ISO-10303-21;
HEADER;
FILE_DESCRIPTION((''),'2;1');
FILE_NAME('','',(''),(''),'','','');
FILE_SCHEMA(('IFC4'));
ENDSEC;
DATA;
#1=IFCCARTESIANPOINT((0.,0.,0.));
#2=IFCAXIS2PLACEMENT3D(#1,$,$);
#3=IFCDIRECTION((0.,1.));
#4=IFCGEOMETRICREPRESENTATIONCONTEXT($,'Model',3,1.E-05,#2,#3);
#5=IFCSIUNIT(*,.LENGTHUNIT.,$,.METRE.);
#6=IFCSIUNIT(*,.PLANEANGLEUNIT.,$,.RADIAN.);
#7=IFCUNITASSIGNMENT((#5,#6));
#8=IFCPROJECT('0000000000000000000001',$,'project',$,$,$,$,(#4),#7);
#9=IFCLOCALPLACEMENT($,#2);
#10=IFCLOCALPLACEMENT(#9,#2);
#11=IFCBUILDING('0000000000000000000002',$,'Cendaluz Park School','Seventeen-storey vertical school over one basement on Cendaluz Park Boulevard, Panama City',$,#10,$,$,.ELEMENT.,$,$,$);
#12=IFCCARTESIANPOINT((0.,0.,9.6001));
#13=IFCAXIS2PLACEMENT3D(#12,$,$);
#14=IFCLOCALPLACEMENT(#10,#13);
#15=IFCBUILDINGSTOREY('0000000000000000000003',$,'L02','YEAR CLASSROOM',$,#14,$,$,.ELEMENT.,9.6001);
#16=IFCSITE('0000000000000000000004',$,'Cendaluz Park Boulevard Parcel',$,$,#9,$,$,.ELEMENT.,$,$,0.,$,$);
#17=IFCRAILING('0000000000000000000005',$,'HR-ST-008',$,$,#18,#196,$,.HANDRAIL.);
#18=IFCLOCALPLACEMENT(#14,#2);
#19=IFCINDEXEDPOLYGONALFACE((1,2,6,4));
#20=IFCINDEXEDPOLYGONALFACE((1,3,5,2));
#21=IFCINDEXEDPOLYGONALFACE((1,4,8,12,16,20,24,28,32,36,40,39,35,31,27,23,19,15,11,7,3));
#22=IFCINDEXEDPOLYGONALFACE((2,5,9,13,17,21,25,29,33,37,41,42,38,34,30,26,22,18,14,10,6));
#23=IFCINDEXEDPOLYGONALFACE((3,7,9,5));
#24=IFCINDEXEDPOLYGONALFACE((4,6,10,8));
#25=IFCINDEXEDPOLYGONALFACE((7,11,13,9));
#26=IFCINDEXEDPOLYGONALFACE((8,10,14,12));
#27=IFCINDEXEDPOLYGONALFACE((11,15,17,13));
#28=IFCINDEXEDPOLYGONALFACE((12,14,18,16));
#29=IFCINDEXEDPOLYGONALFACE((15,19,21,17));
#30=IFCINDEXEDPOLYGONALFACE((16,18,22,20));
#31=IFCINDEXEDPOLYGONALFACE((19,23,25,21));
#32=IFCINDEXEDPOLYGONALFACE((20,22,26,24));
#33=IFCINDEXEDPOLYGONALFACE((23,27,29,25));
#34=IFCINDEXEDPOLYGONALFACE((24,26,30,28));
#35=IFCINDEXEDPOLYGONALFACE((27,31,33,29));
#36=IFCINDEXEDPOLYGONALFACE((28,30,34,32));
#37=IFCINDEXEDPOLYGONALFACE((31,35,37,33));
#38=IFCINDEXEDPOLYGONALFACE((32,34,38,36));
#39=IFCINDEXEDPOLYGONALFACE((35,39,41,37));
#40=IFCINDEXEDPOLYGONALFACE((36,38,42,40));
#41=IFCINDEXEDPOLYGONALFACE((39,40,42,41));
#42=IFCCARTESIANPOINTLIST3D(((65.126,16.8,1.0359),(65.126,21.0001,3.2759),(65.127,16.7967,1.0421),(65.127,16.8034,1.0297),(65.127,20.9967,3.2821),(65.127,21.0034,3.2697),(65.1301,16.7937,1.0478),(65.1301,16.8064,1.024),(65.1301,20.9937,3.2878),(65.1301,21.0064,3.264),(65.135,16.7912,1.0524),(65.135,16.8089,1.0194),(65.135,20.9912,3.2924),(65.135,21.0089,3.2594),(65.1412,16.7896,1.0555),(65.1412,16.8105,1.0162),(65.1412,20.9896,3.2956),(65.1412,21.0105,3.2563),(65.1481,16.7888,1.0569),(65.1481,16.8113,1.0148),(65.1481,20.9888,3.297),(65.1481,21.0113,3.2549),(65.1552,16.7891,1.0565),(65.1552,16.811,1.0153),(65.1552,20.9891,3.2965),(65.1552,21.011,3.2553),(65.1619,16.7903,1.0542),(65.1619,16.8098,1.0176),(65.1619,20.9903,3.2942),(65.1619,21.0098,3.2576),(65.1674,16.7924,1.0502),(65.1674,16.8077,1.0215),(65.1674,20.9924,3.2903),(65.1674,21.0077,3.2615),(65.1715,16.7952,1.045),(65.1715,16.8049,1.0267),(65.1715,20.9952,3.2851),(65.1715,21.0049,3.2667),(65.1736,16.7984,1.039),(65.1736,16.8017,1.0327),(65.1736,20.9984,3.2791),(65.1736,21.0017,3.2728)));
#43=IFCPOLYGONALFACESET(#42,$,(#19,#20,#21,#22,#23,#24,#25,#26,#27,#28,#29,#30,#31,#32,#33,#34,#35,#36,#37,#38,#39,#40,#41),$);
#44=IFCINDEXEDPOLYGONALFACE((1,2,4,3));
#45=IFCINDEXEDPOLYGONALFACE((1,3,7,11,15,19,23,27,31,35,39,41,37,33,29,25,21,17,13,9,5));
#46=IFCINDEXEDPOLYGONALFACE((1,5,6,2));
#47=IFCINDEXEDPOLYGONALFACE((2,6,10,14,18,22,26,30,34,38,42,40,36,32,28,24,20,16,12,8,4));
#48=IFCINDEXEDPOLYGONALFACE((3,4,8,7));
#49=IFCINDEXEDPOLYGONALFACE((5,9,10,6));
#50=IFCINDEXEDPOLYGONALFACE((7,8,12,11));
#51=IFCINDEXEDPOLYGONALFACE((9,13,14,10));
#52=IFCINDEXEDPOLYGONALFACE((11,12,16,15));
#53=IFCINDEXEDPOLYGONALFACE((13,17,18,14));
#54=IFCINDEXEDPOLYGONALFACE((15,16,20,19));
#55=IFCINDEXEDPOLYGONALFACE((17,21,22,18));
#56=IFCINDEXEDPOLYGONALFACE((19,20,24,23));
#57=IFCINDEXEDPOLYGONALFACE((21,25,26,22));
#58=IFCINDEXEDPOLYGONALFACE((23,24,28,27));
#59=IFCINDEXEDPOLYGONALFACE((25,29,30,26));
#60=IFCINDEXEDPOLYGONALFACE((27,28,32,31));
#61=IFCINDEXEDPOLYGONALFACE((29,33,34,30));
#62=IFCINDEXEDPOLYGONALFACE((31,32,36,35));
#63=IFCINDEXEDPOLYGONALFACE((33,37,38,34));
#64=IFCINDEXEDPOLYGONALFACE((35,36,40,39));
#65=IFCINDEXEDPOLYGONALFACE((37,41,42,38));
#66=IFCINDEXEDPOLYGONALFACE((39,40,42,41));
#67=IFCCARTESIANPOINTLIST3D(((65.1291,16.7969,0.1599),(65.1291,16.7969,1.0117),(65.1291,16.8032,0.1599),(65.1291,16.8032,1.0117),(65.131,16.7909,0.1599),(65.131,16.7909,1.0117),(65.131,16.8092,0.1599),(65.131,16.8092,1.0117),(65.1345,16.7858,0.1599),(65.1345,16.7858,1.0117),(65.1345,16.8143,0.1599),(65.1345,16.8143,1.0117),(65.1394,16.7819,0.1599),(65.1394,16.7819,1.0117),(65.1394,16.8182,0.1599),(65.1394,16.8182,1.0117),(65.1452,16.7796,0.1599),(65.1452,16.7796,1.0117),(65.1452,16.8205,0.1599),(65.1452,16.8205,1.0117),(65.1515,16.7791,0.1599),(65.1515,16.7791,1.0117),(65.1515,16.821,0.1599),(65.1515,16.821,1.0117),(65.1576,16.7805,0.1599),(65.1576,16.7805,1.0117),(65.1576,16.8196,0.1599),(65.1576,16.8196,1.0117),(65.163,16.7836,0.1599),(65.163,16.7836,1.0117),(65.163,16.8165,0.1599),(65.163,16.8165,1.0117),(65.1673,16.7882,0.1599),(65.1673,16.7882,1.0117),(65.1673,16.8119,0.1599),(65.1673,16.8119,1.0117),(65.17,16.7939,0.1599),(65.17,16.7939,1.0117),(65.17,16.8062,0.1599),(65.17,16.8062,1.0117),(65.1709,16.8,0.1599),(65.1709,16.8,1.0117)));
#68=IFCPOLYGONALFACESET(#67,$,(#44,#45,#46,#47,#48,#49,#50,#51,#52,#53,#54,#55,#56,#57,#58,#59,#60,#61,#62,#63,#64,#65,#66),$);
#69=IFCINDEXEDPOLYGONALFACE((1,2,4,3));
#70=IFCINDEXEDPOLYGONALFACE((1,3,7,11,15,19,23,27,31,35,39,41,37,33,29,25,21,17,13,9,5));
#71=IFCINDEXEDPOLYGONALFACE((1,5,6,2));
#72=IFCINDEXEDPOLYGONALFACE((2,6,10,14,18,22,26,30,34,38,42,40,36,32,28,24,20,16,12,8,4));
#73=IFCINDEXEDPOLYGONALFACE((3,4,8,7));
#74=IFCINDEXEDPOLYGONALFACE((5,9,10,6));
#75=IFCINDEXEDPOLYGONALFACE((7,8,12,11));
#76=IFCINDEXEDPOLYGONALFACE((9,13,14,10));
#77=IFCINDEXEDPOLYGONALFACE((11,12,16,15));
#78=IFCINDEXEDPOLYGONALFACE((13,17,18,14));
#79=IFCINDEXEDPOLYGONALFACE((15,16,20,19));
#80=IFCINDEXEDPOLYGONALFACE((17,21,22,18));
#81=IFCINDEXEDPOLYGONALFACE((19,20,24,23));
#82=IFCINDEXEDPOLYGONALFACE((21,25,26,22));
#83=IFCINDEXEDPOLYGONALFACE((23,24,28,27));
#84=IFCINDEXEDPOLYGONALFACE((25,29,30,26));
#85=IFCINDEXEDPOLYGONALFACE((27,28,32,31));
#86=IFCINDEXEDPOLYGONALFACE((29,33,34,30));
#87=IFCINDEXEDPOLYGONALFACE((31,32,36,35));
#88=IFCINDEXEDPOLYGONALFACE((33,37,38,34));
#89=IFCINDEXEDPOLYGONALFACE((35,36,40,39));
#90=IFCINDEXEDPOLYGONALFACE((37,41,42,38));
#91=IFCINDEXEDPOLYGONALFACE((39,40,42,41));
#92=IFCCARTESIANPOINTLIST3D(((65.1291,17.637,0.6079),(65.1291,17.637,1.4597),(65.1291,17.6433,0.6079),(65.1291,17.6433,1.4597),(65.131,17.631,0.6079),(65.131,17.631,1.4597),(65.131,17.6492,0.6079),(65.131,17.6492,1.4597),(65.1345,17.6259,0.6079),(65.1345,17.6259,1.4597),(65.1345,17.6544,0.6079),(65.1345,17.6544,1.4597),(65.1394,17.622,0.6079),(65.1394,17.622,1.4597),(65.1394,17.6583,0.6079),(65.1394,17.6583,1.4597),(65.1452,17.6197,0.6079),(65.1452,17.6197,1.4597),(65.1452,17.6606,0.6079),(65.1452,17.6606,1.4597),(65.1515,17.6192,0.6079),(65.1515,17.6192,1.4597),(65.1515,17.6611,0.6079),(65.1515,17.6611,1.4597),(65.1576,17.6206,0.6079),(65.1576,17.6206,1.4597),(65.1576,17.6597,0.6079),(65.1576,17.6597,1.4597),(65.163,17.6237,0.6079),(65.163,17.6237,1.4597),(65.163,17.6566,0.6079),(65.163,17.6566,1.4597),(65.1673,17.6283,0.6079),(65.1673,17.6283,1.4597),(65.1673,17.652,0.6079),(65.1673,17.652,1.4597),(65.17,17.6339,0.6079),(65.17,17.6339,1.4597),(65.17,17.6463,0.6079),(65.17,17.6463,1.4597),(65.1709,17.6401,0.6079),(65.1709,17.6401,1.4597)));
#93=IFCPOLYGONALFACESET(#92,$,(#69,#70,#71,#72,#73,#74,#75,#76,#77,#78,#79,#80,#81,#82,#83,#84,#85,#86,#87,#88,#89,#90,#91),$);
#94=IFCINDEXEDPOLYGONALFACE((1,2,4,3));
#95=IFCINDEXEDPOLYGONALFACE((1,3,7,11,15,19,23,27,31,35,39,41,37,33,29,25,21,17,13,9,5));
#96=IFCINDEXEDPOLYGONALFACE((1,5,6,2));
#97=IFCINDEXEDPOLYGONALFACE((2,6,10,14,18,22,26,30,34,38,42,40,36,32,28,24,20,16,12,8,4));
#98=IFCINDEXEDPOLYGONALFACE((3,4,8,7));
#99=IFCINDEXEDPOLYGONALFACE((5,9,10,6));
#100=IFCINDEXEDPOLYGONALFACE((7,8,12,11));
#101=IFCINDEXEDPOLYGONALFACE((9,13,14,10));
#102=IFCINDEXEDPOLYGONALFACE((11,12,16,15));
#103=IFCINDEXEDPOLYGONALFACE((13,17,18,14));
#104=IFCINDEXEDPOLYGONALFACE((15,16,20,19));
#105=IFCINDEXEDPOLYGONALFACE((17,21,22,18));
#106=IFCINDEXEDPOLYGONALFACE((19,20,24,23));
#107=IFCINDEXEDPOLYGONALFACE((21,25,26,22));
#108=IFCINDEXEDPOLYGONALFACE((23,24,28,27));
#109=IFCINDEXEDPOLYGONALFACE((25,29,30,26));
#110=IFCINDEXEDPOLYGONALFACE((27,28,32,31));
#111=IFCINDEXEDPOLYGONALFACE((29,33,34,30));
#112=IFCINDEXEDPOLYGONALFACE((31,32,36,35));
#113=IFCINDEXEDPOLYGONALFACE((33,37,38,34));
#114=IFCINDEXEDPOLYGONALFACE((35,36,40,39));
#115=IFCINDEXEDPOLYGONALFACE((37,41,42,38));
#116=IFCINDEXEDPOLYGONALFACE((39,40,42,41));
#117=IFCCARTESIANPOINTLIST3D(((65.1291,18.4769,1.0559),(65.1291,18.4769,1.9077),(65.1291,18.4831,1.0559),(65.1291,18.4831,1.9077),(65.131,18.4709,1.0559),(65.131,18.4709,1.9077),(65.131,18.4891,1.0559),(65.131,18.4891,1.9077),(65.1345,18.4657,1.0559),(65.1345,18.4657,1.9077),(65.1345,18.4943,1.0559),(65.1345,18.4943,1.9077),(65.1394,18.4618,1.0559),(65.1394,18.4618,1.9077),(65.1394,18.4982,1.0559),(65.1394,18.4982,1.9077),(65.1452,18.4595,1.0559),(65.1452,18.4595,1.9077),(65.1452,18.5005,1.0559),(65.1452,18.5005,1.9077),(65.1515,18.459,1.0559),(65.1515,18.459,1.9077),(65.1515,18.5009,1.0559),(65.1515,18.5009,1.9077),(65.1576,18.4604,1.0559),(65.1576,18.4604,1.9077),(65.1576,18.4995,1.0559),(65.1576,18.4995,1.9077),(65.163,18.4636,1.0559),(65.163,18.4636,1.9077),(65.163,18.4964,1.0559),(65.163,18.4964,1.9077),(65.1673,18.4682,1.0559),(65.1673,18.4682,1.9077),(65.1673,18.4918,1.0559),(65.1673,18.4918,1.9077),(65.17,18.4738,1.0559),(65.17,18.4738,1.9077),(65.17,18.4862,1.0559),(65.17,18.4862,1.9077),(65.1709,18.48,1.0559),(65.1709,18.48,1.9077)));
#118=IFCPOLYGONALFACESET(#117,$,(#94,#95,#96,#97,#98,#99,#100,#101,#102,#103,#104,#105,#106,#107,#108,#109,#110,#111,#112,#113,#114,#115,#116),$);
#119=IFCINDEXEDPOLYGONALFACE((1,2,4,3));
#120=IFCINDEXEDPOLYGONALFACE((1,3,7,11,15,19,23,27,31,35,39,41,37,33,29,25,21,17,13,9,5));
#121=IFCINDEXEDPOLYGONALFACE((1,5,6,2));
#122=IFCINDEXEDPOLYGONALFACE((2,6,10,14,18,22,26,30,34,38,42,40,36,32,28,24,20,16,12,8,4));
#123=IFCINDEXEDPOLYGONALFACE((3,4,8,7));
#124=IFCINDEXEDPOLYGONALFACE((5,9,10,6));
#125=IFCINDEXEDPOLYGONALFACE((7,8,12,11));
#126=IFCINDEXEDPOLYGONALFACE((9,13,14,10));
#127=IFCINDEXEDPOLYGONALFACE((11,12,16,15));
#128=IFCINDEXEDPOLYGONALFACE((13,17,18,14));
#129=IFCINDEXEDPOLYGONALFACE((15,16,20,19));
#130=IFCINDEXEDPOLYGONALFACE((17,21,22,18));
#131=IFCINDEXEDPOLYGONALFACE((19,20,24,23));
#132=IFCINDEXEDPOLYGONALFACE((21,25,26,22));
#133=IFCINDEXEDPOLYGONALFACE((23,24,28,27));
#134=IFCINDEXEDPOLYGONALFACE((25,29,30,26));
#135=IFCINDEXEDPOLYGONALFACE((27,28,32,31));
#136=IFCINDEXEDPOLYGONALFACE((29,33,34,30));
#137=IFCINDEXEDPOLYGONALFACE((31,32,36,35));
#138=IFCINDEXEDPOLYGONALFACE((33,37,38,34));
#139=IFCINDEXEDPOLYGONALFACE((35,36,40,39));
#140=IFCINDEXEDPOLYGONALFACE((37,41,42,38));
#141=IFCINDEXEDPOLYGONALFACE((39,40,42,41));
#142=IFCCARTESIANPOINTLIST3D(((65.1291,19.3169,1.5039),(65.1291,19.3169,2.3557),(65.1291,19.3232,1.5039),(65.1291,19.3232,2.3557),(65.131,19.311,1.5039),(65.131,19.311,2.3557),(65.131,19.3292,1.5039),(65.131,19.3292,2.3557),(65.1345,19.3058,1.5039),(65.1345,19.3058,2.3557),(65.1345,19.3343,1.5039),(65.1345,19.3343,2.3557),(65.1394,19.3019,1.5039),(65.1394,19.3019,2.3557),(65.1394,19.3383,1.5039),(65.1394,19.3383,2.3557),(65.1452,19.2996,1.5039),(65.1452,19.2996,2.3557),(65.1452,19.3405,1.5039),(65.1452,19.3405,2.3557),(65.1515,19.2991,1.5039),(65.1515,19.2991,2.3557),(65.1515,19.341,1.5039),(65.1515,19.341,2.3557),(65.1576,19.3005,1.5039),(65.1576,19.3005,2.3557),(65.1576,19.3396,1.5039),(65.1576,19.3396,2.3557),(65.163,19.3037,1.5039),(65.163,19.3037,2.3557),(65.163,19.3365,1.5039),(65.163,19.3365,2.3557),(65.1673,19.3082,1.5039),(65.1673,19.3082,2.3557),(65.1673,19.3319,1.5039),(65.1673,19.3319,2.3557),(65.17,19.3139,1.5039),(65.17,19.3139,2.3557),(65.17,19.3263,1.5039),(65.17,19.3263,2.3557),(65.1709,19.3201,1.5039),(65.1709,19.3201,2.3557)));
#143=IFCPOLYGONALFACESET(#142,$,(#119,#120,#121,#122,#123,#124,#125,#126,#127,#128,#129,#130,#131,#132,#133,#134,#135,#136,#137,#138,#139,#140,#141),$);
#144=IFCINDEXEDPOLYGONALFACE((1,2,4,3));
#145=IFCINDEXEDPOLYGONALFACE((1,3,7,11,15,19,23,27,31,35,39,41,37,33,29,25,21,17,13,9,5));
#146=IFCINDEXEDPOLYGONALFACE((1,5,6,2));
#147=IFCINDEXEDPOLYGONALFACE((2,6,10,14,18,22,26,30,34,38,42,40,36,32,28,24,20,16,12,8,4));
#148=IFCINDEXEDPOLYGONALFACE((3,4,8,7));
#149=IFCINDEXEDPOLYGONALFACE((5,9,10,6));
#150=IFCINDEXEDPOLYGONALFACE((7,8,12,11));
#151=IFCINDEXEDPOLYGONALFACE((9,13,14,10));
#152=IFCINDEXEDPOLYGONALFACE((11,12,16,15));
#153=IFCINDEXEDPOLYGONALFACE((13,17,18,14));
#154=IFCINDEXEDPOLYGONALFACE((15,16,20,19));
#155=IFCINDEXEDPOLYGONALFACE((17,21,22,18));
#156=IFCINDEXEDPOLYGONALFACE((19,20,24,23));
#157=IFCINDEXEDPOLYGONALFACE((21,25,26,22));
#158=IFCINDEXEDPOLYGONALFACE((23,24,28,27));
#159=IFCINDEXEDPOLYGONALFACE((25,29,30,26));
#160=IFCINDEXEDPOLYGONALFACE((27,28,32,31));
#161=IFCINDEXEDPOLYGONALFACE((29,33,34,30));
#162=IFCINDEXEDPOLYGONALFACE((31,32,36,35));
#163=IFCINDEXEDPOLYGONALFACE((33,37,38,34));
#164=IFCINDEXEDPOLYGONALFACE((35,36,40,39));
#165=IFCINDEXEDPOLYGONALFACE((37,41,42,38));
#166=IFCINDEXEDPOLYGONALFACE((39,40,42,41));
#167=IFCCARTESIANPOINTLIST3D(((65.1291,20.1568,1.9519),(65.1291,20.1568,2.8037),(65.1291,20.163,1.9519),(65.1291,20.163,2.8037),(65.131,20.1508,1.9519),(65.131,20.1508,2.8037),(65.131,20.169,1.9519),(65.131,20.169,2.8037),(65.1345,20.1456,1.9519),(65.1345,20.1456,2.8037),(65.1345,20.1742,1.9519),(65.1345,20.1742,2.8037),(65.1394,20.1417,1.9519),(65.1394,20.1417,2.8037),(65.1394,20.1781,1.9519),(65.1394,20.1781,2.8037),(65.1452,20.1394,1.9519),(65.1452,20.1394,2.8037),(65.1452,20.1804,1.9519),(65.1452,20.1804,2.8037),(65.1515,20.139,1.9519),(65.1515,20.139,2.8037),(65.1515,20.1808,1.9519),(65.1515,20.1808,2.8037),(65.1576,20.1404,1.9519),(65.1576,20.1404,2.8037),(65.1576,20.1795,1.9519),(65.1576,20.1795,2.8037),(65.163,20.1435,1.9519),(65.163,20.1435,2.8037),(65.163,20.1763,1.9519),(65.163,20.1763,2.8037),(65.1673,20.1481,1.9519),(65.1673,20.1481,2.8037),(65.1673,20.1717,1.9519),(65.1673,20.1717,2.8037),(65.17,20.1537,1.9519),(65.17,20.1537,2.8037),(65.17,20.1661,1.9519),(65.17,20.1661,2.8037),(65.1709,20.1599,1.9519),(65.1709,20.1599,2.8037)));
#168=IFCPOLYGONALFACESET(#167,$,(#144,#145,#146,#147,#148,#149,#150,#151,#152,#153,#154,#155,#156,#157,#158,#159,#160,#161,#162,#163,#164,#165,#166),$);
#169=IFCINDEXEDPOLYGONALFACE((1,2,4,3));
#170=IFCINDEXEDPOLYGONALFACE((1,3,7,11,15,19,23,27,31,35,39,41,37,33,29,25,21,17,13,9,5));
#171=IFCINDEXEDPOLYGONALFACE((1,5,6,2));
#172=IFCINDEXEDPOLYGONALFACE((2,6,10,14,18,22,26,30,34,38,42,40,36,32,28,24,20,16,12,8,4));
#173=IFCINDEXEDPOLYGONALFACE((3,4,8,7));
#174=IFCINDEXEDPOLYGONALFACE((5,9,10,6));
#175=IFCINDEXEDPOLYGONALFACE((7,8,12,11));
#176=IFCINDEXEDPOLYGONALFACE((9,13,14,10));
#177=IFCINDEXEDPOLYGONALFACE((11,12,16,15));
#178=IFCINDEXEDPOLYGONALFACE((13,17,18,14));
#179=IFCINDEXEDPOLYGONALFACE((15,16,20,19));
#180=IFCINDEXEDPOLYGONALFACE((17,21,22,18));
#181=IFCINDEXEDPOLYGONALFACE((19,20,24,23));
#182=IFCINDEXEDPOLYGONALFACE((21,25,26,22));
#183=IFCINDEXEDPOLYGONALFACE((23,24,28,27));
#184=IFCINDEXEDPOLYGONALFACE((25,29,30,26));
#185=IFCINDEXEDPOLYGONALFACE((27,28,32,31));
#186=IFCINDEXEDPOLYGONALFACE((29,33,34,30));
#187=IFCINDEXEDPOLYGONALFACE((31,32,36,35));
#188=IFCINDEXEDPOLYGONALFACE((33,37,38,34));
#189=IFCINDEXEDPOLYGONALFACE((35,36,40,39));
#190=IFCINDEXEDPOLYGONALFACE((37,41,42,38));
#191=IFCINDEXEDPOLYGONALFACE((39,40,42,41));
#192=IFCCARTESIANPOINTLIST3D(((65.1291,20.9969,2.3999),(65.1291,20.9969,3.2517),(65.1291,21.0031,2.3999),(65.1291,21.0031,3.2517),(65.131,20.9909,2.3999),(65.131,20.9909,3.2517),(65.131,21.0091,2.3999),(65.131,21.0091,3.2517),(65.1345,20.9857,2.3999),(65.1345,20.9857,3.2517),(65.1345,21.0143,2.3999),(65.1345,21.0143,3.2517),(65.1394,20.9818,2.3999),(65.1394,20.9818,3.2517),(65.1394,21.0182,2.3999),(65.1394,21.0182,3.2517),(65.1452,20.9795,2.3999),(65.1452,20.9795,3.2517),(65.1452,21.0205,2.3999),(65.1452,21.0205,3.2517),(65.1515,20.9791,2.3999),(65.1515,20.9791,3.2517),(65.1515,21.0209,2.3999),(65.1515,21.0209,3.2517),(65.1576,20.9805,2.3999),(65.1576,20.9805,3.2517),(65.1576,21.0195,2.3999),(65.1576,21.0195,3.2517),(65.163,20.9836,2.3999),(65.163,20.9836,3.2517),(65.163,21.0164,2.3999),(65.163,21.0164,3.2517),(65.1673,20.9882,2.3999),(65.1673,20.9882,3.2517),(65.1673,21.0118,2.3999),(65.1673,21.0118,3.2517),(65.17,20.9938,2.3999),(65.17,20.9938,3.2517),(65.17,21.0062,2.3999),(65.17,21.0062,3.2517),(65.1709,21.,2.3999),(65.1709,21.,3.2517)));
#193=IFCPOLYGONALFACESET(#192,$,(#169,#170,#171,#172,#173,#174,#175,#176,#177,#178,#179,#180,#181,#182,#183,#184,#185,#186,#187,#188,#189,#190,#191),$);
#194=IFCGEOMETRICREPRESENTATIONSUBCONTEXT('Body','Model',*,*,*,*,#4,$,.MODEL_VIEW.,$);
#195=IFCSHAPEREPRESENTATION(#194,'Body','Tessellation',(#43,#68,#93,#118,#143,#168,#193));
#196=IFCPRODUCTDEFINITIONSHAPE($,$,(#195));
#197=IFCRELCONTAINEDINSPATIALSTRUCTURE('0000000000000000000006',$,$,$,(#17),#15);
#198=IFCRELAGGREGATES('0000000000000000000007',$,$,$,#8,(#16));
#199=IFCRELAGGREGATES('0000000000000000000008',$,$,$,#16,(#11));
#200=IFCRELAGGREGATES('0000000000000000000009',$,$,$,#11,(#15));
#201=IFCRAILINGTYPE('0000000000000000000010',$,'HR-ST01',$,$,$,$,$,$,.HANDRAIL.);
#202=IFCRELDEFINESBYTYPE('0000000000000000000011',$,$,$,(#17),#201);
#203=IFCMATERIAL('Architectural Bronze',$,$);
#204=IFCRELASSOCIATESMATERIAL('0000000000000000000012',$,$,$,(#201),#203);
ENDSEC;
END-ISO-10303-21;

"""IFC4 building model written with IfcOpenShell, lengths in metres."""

from ifc_helpers import new_model, si_unit, direction, frame, origin, origin_2d, place, context, subcontext, project, spatial, circle, extrude, material, type_object, element, save


model = new_model("IFC4")

# Units and contexts
model_context = context("Model", 3, precision=1e-05, world=origin(), true_north=direction((0.0, 1.0)))
body_context = subcontext(model_context, "Body", "Model", "MODEL_VIEW")
ifc_project = project(units=[si_unit("LENGTHUNIT", "METRE"), si_unit("PLANEANGLEUNIT", "RADIAN")], contexts=[model_context])

# Site, building, storey
site_placement = place(None, origin())
site = spatial("IfcSite", under=ifc_project, at=site_placement, Name="Cendaluz Park Boulevard Parcel", CompositionType="ELEMENT", RefElevation=0.0)
building_placement = place(site_placement, origin())
building = spatial("IfcBuilding", under=site, at=building_placement, Name="Cendaluz Park School", Description="Seventeen-storey vertical school over one basement on Cendaluz Park Boulevard, Panama City", CompositionType="ELEMENT")
storey_placement = place(building_placement, frame((0.0, 0.0, 9.6001)))
storey = spatial("IfcBuildingStorey", under=building, at=storey_placement, Name="L02", Description="YEAR CLASSROOM", CompositionType="ELEMENT", Elevation=9.6001)

# Railing
ifc_material_1 = material(Name="Architectural Bronze")
railing_type_1 = type_object("IfcRailingType", Name="HR-ST01", PredefinedType="HANDRAIL", material=ifc_material_1)
railing_1_placement = place(storey_placement, frame((65.1499, 16.8, 0.1599)))
element("IfcRailing", 1, at=railing_1_placement, inside=storey, type_object=railing_type_1, Name="HR-ST-008", PredefinedType="HANDRAIL", context=body_context, shape_type="SweptSolid", body=[
    extrude(circle(Radius=0.0239, at=origin_2d()), frame((0.0, 0.0, 0.876), z_axis=(0.0, 0.882352, 0.470591), x_axis=(-1.0, 0.0, 0.0)), (0.0, 0.0, 1.0), 4.76),
    extrude(circle(Radius=0.021, at=origin_2d()), origin(), (0.0, 0.0, 1.0), 0.8518),
    extrude(circle(Radius=0.021, at=origin_2d()), frame((0.0, 0.8401, 0.448)), (0.0, 0.0, 1.0), 0.8518),
    extrude(circle(Radius=0.021, at=origin_2d()), frame((0.0, 1.6799, 0.896)), (0.0, 0.0, 1.0), 0.8518),
    extrude(circle(Radius=0.021, at=origin_2d()), frame((0.0, 2.52, 1.344)), (0.0, 0.0, 1.0), 0.8518),
    extrude(circle(Radius=0.021, at=origin_2d()), frame((0.0, 3.3599, 1.792)), (0.0, 0.0, 1.0), 0.8518),
    extrude(circle(Radius=0.021, at=origin_2d()), frame((0.0, 4.2, 2.24)), (0.0, 0.0, 1.0), 0.8518),
])

save(model, "model.ifc")
